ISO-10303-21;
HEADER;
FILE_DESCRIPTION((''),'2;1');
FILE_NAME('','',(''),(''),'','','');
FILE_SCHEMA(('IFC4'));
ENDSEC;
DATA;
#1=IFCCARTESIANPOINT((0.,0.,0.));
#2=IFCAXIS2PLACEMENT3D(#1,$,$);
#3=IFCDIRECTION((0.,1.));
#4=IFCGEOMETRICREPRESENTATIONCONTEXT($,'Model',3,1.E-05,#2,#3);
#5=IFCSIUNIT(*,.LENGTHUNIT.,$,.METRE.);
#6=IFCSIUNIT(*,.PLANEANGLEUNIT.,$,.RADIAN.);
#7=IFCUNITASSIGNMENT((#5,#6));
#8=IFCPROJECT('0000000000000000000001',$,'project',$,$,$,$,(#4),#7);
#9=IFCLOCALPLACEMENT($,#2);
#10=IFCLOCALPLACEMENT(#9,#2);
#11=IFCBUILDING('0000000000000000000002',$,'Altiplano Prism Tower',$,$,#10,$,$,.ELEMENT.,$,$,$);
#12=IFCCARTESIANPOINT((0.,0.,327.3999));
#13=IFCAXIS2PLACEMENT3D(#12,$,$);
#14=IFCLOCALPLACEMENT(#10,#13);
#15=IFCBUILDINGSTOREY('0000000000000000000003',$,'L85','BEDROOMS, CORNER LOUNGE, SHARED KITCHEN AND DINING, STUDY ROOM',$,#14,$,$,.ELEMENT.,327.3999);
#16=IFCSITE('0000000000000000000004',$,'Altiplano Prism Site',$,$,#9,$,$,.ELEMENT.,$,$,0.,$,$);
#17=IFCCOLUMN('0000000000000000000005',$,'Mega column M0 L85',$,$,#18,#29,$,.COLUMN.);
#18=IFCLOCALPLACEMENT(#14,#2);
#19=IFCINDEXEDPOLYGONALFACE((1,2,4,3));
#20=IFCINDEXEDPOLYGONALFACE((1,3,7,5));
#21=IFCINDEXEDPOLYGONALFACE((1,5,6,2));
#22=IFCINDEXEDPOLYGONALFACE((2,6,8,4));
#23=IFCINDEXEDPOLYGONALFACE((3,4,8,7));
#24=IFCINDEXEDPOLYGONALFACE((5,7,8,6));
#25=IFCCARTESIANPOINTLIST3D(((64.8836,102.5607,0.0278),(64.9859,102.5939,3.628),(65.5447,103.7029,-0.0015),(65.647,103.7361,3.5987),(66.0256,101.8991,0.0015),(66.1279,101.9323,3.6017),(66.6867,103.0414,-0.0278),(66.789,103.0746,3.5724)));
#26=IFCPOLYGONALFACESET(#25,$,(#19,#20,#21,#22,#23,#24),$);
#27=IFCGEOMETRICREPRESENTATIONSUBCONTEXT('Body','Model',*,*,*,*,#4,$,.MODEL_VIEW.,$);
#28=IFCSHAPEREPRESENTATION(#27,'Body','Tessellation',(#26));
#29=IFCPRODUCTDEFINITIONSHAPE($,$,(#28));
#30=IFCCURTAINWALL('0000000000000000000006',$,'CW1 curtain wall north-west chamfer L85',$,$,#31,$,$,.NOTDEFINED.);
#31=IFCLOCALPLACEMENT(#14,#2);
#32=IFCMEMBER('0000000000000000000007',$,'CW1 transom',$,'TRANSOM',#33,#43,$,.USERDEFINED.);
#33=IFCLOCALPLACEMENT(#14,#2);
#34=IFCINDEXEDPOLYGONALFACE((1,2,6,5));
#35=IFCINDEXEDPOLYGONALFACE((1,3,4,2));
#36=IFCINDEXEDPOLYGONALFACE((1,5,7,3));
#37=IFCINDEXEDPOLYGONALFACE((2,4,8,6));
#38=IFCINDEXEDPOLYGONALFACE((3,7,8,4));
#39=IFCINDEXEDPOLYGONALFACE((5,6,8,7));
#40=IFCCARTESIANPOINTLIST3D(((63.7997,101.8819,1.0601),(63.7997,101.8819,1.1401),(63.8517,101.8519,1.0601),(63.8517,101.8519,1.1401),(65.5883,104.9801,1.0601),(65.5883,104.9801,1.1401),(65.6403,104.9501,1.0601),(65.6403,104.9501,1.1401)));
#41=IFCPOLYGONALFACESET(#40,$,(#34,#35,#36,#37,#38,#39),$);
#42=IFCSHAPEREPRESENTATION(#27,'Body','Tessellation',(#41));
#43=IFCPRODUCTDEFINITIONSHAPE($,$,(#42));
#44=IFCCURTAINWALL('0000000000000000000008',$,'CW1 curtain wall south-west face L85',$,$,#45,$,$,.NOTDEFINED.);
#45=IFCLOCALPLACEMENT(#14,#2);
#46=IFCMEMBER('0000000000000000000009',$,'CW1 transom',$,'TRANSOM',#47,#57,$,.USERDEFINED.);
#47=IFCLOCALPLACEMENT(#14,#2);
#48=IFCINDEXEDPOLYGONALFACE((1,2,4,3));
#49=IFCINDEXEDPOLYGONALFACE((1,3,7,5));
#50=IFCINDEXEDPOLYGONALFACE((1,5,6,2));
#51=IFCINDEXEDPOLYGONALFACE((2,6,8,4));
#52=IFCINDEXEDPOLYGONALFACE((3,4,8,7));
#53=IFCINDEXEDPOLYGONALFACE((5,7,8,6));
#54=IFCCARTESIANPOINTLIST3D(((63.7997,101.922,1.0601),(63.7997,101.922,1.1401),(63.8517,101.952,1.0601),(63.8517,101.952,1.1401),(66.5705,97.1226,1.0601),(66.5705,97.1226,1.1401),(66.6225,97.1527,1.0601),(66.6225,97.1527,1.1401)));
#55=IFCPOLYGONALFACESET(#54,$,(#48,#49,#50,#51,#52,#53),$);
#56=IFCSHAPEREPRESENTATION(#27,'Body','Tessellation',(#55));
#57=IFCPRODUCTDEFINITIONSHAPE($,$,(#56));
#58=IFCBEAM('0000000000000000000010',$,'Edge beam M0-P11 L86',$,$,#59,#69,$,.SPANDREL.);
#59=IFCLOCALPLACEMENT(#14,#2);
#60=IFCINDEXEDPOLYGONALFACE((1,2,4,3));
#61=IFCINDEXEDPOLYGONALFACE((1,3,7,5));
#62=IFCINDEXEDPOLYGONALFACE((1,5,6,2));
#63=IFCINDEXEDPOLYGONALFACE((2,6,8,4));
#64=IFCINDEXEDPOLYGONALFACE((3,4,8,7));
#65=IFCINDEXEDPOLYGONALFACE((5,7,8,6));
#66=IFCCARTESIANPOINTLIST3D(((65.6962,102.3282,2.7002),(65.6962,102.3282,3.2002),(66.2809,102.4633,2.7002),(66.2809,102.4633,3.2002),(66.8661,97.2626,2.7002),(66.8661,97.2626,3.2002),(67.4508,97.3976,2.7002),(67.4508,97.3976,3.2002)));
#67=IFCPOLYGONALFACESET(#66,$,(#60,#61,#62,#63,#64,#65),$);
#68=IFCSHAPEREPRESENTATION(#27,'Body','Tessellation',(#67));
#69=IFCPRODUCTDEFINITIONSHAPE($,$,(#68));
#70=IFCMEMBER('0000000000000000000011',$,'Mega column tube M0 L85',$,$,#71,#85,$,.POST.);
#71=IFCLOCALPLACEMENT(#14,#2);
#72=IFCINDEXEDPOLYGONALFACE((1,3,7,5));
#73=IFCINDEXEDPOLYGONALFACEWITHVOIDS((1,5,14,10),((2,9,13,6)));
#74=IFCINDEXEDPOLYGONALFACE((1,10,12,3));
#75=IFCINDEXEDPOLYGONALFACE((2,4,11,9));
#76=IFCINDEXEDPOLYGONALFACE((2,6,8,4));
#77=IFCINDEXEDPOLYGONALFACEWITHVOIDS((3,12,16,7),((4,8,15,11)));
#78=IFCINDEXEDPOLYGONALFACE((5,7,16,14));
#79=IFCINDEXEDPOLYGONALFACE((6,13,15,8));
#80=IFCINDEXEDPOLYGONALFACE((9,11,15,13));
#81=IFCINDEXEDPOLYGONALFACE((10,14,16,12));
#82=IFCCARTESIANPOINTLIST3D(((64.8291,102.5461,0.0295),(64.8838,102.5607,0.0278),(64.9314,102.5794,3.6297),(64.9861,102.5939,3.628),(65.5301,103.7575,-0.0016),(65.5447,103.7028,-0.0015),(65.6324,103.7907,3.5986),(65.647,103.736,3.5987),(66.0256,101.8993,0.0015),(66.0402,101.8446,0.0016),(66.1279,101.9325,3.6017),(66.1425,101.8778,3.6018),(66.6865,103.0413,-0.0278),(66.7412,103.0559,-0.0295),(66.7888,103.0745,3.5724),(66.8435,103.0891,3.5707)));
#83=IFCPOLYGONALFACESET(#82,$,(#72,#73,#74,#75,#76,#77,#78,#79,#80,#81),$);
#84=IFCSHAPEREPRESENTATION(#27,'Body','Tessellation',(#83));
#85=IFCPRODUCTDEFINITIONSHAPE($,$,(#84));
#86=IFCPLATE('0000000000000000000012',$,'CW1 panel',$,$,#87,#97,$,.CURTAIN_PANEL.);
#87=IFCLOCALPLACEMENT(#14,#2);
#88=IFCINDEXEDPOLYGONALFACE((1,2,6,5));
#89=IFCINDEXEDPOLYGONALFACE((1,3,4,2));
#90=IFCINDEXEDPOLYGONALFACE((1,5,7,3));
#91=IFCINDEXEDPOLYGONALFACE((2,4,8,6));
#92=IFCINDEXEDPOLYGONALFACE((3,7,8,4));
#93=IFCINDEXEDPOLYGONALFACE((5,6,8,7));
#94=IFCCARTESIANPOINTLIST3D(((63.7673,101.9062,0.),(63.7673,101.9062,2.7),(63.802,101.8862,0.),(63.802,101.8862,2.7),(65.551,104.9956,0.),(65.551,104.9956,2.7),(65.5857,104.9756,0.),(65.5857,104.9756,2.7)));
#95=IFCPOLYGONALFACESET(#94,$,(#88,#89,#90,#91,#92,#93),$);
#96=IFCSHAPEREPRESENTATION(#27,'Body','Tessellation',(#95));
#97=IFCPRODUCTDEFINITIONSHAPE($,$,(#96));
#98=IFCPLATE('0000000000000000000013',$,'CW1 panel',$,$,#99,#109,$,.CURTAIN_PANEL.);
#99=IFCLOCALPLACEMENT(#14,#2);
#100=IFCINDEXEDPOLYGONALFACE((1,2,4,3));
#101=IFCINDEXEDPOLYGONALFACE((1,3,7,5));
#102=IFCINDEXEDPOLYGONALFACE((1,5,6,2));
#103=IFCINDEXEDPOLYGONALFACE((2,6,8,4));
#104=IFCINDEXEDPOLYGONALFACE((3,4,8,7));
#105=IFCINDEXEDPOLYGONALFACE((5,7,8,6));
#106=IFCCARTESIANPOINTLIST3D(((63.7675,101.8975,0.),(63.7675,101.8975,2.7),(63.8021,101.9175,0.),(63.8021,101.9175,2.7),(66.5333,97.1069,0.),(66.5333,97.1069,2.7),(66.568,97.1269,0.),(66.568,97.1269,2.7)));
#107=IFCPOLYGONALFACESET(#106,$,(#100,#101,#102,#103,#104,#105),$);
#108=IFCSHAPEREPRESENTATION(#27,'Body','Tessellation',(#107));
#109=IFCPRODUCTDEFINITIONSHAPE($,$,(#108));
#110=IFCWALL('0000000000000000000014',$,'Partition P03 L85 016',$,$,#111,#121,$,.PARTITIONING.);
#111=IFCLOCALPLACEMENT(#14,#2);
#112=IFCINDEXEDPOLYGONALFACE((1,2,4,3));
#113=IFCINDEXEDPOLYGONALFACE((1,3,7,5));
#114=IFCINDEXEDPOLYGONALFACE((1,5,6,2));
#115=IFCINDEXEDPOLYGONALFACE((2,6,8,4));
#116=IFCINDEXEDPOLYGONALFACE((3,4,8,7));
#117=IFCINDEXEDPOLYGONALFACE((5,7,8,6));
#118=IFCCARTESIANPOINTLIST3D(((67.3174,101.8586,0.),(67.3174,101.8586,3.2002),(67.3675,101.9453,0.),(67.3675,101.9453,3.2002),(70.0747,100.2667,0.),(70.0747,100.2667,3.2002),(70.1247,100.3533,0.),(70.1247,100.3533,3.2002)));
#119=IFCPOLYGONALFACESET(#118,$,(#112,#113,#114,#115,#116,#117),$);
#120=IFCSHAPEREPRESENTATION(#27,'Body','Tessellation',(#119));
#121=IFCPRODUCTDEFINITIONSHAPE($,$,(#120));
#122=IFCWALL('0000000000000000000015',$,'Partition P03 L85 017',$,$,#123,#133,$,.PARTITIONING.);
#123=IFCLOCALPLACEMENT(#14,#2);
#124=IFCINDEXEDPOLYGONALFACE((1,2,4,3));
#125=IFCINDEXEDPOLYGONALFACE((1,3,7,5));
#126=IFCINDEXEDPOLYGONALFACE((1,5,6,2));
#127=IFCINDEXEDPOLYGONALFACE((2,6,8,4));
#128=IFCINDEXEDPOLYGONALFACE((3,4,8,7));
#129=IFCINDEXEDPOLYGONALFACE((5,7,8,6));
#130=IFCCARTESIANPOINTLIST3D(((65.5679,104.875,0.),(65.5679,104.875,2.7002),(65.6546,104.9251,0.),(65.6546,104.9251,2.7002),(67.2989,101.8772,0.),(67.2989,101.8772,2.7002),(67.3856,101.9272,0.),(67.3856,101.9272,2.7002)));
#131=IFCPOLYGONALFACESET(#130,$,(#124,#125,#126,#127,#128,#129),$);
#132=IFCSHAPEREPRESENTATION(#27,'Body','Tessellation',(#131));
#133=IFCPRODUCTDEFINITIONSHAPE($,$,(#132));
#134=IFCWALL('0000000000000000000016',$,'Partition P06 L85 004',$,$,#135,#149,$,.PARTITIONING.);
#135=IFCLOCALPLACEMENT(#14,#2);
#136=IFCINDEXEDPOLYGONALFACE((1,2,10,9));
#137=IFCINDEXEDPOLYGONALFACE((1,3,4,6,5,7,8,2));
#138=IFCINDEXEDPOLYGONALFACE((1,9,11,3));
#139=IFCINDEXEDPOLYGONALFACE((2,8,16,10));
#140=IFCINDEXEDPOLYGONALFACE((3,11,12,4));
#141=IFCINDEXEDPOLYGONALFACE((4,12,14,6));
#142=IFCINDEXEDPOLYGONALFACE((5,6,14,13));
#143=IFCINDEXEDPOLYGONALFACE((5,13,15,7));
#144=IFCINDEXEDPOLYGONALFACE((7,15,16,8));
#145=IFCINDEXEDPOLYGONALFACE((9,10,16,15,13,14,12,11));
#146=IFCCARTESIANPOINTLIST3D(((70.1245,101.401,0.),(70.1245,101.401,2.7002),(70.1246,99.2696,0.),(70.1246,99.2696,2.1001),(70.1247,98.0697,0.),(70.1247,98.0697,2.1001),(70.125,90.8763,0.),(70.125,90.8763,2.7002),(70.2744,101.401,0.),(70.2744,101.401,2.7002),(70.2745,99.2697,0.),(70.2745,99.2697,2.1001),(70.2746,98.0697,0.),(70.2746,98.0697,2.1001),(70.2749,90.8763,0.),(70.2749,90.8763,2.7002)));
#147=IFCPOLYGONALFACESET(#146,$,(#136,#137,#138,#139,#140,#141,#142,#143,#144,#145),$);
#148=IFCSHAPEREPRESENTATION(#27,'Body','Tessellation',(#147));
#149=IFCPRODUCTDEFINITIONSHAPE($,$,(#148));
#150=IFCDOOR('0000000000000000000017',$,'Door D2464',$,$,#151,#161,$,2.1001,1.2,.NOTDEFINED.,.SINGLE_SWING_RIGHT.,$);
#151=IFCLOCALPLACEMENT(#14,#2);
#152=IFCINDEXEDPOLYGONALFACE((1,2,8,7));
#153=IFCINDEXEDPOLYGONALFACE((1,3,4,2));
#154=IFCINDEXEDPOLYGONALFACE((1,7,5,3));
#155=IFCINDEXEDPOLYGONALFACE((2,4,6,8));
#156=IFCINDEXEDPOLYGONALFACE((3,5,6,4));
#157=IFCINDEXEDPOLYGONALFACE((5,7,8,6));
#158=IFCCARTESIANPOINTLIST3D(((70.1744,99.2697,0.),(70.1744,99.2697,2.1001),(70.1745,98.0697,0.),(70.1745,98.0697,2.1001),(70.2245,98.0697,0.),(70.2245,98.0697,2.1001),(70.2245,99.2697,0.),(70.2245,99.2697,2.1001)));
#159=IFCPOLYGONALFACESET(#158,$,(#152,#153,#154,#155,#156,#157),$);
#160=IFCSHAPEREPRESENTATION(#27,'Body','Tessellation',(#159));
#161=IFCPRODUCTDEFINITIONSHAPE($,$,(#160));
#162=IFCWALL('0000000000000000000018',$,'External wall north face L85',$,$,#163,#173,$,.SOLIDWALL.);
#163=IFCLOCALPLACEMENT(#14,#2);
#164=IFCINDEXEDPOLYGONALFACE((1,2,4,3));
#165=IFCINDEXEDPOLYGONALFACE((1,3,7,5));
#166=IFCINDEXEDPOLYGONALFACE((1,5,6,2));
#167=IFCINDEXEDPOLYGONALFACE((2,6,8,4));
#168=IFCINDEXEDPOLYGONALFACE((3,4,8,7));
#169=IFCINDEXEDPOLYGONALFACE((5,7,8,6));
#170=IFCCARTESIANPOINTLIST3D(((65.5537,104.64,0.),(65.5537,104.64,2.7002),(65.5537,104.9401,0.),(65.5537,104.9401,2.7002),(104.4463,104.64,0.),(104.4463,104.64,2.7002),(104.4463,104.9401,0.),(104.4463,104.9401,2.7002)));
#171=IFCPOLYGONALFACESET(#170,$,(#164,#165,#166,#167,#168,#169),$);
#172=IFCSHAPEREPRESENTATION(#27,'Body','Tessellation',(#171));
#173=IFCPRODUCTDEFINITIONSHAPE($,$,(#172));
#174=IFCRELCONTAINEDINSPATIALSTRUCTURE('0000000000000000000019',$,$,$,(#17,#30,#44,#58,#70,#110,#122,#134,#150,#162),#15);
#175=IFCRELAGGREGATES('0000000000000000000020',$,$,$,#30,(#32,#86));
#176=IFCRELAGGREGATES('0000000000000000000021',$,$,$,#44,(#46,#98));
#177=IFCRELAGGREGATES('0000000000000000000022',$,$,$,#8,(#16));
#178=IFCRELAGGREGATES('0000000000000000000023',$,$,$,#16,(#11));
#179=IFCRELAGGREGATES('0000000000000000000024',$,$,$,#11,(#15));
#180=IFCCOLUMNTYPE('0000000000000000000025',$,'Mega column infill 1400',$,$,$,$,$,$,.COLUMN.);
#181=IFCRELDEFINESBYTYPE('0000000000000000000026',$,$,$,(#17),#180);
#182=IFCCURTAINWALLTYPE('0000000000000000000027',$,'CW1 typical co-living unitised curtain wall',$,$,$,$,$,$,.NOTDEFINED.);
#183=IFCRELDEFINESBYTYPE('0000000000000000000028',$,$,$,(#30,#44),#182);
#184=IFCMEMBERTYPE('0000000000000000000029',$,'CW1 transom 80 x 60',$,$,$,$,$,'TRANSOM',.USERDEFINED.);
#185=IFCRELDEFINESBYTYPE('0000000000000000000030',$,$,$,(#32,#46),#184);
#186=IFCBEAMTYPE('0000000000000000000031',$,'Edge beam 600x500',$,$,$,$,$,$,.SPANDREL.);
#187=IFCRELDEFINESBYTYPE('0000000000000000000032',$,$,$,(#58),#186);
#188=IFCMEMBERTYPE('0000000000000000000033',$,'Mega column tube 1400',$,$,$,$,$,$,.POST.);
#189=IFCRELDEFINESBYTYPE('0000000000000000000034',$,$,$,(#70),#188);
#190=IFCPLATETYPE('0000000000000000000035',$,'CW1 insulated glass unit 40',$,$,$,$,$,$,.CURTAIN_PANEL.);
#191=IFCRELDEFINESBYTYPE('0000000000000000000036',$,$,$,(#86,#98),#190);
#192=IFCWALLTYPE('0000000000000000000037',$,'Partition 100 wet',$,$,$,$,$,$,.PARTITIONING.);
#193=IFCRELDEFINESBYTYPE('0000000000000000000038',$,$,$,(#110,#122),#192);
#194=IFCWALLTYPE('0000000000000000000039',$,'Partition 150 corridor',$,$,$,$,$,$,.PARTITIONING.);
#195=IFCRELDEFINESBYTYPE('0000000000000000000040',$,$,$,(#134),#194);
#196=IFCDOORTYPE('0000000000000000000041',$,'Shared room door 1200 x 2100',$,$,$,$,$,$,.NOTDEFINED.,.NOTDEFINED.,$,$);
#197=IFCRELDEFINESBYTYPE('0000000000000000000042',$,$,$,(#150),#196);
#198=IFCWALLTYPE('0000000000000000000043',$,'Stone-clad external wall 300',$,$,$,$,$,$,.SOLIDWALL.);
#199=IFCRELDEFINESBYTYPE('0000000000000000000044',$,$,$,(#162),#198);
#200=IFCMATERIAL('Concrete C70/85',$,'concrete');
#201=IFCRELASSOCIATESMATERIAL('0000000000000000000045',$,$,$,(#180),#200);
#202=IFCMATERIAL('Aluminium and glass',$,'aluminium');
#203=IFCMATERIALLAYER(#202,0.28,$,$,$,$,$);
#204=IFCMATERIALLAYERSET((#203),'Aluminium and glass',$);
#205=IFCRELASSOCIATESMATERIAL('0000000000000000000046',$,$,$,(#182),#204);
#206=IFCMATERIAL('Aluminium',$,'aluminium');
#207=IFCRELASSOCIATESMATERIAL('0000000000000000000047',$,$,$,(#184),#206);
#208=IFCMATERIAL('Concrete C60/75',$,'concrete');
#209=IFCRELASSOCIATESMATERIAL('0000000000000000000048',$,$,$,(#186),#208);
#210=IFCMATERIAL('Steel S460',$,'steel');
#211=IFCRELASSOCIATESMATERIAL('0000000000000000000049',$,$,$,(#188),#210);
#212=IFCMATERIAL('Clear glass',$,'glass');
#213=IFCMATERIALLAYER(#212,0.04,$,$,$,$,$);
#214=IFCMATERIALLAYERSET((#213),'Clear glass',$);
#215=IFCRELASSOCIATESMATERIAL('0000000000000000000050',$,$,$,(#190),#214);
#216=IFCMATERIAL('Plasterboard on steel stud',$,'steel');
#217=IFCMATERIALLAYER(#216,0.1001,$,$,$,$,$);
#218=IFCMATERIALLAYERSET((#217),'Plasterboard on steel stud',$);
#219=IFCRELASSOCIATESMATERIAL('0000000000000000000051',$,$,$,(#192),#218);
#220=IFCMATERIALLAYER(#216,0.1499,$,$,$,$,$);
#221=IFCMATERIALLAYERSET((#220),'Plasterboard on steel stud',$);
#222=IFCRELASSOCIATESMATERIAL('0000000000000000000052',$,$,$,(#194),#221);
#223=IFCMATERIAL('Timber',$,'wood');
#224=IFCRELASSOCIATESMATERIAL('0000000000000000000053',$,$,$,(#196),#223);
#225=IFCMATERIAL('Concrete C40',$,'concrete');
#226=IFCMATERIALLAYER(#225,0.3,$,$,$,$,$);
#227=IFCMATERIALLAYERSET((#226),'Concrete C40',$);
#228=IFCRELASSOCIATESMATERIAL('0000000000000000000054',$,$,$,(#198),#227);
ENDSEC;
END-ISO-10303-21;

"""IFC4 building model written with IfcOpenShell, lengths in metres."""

from ifc_helpers import new_model, si_unit, direction, frame, frame_2d, origin, origin_2d, place, context, subcontext, project, spatial, rectangle, hollow_rectangle, extrude, material, layer, layer_set, material_profile, profile_set, type_object, element, fill, aggregate, save


model = new_model("IFC4")

# Units and contexts
model_context = context("Model", 3, precision=1e-05, world=origin(), true_north=direction((0.0, 1.0)))
body_context = subcontext(model_context, "Body", "Model", "MODEL_VIEW")
ifc_project = project(units=[si_unit("LENGTHUNIT", "METRE"), si_unit("PLANEANGLEUNIT", "RADIAN")], contexts=[model_context])

# Site, building, storey
site_placement = place(None, origin())
site = spatial("IfcSite", under=ifc_project, at=site_placement, Name="Altiplano Prism Site", CompositionType="ELEMENT", RefElevation=0.0)
building_placement = place(site_placement, origin())
building = spatial("IfcBuilding", under=site, at=building_placement, Name="Altiplano Prism Tower", CompositionType="ELEMENT")
storey_placement = place(building_placement, frame((0.0, 0.0, 327.3999)))
storey = spatial("IfcBuildingStorey", under=building, at=storey_placement, Name="L85", Description="BEDROOMS, CORNER LOUNGE, SHARED KITCHEN AND DINING, STUDY ROOM", CompositionType="ELEMENT", Elevation=327.3999)

# Column
ifc_material_1 = material(Name="Concrete C70/85", Category="concrete")
ifc_material_profile_1 = material_profile(ifc_material_1, rectangle(XDim=1.3201, YDim=1.3201, at=origin_2d()), Name="Mega column infill 1400")
ifc_profile_set_1 = profile_set([ifc_material_profile_1], Name="Concrete C70/85")
column_type = type_object("IfcColumnType", Name="Mega column infill 1400", PredefinedType="COLUMN", material=ifc_profile_set_1)
column_placement = place(storey_placement, frame((65.7852, 102.801, 0.0), z_axis=(0.028402, 0.009219, 0.999554), x_axis=(-0.86512, 0.501167, 0.01996)))
element("IfcColumn", 1, at=column_placement, inside=storey, type_object=column_type, Name="Mega column M0 L85", PredefinedType="COLUMN", context=body_context, shape_type="SweptSolid", body=[
    extrude(rectangle(XDim=1.3201, YDim=1.3201, at=origin_2d()), origin(), (0.0, 0.0, 1.0), 3.6018),
])

# Curtain walls, members
ifc_material_2 = material(Name="Aluminium and glass", Category="aluminium")
ifc_layer_1 = layer(ifc_material_2, 0.28)
ifc_layer_set_1 = layer_set([ifc_layer_1], Name="Aluminium and glass")
curtain_wall_type = type_object("IfcCurtainWallType", Name="CW1 typical co-living unitised curtain wall", PredefinedType="NOTDEFINED", material=ifc_layer_set_1)
curtain_wall_1_placement = place(storey_placement, origin())
curtain_wall_1 = element("IfcCurtainWall", 2, at=curtain_wall_1_placement, inside=storey, type_object=curtain_wall_type, Name="CW1 curtain wall north-west chamfer L85", PredefinedType="NOTDEFINED")
ifc_material_3 = material(Name="Aluminium", Category="aluminium")
ifc_material_profile_2 = material_profile(ifc_material_3, rectangle(XDim=0.0601, YDim=0.0801, at=origin_2d()), Name="CW1 transom 80 x 60")
ifc_profile_set_2 = profile_set([ifc_material_profile_2], Name="Aluminium")
member_type_1 = type_object("IfcMemberType", Name="CW1 transom 80 x 60", ElementType="TRANSOM", PredefinedType="USERDEFINED", material=ifc_profile_set_2)
member_1_placement = place(storey_placement, frame((65.6143, 104.9651, 1.1001), z_axis=(-0.499971, -0.866042, 0.0), x_axis=(0.866042, -0.499971, 0.0)))
member_1 = element("IfcMember", 3, at=member_1_placement, type_object=member_type_1, Name="CW1 transom", ObjectType="TRANSOM", PredefinedType="USERDEFINED", context=body_context, shape_type="SweptSolid", body=[
    extrude(rectangle(XDim=0.0601, YDim=0.0801, at=origin_2d()), origin(), (0.0, 0.0, 1.0), 3.5774),
])
curtain_wall_2_placement = place(storey_placement, origin())
curtain_wall_2 = element("IfcCurtainWall", 4, at=curtain_wall_2_placement, inside=storey, type_object=curtain_wall_type, Name="CW1 curtain wall south-west face L85", PredefinedType="NOTDEFINED")
member_2_placement = place(storey_placement, frame((63.8257, 101.937, 1.1001), z_axis=(0.499982, -0.866036, 0.0), x_axis=(0.866036, 0.499982, 0.0)))
member_2 = element("IfcMember", 5, at=member_2_placement, type_object=member_type_1, Name="CW1 transom", ObjectType="TRANSOM", PredefinedType="USERDEFINED", context=body_context, shape_type="SweptSolid", body=[
    extrude(rectangle(XDim=0.0601, YDim=0.0801, at=origin_2d()), origin(), (0.0, 0.0, 1.0), 5.5417),
])

# Beam
ifc_material_4 = material(Name="Concrete C60/75", Category="concrete")
ifc_material_profile_3 = material_profile(ifc_material_4, rectangle(XDim=0.6001, YDim=0.5, at=origin_2d()), Name="Edge beam 600x500")
ifc_profile_set_3 = profile_set([ifc_material_profile_3], Name="Concrete C60/75")
beam_type = type_object("IfcBeamType", Name="Edge beam 600x500", PredefinedType="SPANDREL", material=ifc_profile_set_3)
beam_placement = place(storey_placement, frame((65.9885, 102.3958, 2.9502), z_axis=(0.225028, -0.974352, 0.0), x_axis=(0.974352, 0.225028, 0.0)))
element("IfcBeam", 6, at=beam_placement, inside=storey, type_object=beam_type, Name="Edge beam M0-P11 L86", PredefinedType="SPANDREL", context=body_context, shape_type="SweptSolid", body=[
    extrude(rectangle(XDim=0.6001, YDim=0.5, at=origin_2d()), origin(), (0.0, 0.0, 1.0), 5.199),
])

# Member
ifc_material_5 = material(Name="Steel S460", Category="steel")
ifc_material_profile_4 = material_profile(ifc_material_5, hollow_rectangle(XDim=1.3999, YDim=1.3999, WallThickness=0.04, at=origin_2d()), Name="Mega column tube 1400")
ifc_profile_set_4 = profile_set([ifc_material_profile_4], Name="Steel S460")
member_type_2 = type_object("IfcMemberType", Name="Mega column tube 1400", PredefinedType="POST", material=ifc_profile_set_4)
member_3_placement = place(storey_placement, frame((65.7852, 102.801, 0.0), z_axis=(0.028402, 0.009219, 0.999554), x_axis=(-0.86512, 0.501167, 0.01996)))
element("IfcMember", 7, at=member_3_placement, inside=storey, type_object=member_type_2, Name="Mega column tube M0 L85", PredefinedType="POST", context=body_context, shape_type="SweptSolid", body=[
    extrude(hollow_rectangle(XDim=1.3999, YDim=1.3999, WallThickness=0.04, at=origin_2d()), origin(), (0.0, 0.0, 1.0), 3.6018),
])

# Plates
ifc_material_6 = material(Name="Clear glass", Category="glass")
ifc_layer_2 = layer(ifc_material_6, 0.04)
ifc_layer_set_2 = layer_set([ifc_layer_2], Name="Clear glass")
plate_type = type_object("IfcPlateType", Name="CW1 insulated glass unit 40", PredefinedType="CURTAIN_PANEL", material=ifc_layer_set_2)
plate_1_placement = place(storey_placement, frame((64.6765, 103.4409, 0.0), z_axis=(0.0, 0.0, 1.0), x_axis=(-0.5, -0.866025, 0.0)))
plate_1 = element("IfcPlate", 8, at=plate_1_placement, type_object=plate_type, Name="CW1 panel", PredefinedType="CURTAIN_PANEL", context=body_context, shape_type="SweptSolid", body=[
    extrude(rectangle(XDim=3.5674, YDim=0.04, at=origin_2d()), origin(), (0.0, 0.0, 1.0), 2.7),
])
aggregate(curtain_wall_1, [member_1, plate_1])
plate_2_placement = place(storey_placement, frame((65.1677, 99.5122, 0.0), z_axis=(0.0, 0.0, 1.0), x_axis=(0.5, -0.866025, 0.0)))
plate_2 = element("IfcPlate", 9, at=plate_2_placement, type_object=plate_type, Name="CW1 panel", PredefinedType="CURTAIN_PANEL", context=body_context, shape_type="SweptSolid", body=[
    extrude(rectangle(XDim=5.5317, YDim=0.04, at=origin_2d()), origin(), (0.0, 0.0, 1.0), 2.7),
])
aggregate(curtain_wall_2, [member_2, plate_2])

# Walls
ifc_material_7 = material(Name="Plasterboard on steel stud", Category="steel")
ifc_layer_3 = layer(ifc_material_7, 0.1001)
ifc_layer_set_3 = layer_set([ifc_layer_3], Name="Plasterboard on steel stud")
wall_type_1 = type_object("IfcWallType", Name="Partition 100 wet", PredefinedType="PARTITIONING", material=ifc_layer_set_3)
wall_1_placement = place(storey_placement, frame((70.0996, 100.3101, 0.0), z_axis=(0.0, 0.0, 1.0), x_axis=(-0.866012, 0.500023, 0.0)))
element("IfcWall", 10, at=wall_1_placement, inside=storey, type_object=wall_type_1, Name="Partition P03 L85 016", PredefinedType="PARTITIONING", context=body_context, shape_type="SweptSolid", body=[
    extrude(rectangle(XDim=3.1838, YDim=0.1001, at=frame_2d((1.5918, 0.0))), origin(), (0.0, 0.0, 1.0), 3.2002),
])
wall_2_placement = place(storey_placement, frame((67.3423, 101.9021, 0.0), z_axis=(0.0, 0.0, 1.0), x_axis=(-0.500038, 0.866004, 0.0)))
element("IfcWall", 11, at=wall_2_placement, inside=storey, type_object=wall_type_1, Name="Partition P03 L85 017", PredefinedType="PARTITIONING", context=body_context, shape_type="SweptSolid", body=[
    extrude(rectangle(XDim=3.4617, YDim=0.1001, at=frame_2d((1.731, 0.0))), origin(), (0.0, 0.0, 1.0), 2.7002),
])

# Wall, opening, door
ifc_layer_4 = layer(ifc_material_7, 0.1499)
ifc_layer_set_4 = layer_set([ifc_layer_4], Name="Plasterboard on steel stud")
wall_type_2 = type_object("IfcWallType", Name="Partition 150 corridor", PredefinedType="PARTITIONING", material=ifc_layer_set_4)
wall_3_placement = place(storey_placement, frame((70.1995, 101.4009, 0.0), z_axis=(0.0, 0.0, 1.0), x_axis=(0.000046, -1.0, 0.0)))
wall_3 = element("IfcWall", 12, at=wall_3_placement, inside=storey, type_object=wall_type_2, Name="Partition P06 L85 004", PredefinedType="PARTITIONING", context=body_context, shape_type="SweptSolid", body=[
    extrude(rectangle(XDim=10.5247, YDim=0.1499, at=frame_2d((5.2622, 0.0))), origin(), (0.0, 0.0, 1.0), 2.7002),
])
opening_placement = place(wall_3_placement, frame((2.1311, 0.0, 0.0)))
opening = element("IfcOpeningElement", 13, at=opening_placement, cuts=wall_3, PredefinedType="OPENING", context=body_context, shape_type="SweptSolid", body=[
    extrude(rectangle(XDim=1.2, YDim=2.1001, at=frame_2d((0.6001, 1.05))), frame((0.0, 0.0854, 0.0), z_axis=(0.0, -1.0, 0.0), x_axis=(1.0, 0.0, 0.0)), (0.0, 0.0, 1.0), 0.1709),
])
ifc_material_8 = material(Name="Timber", Category="wood")
door_type = type_object("IfcDoorType", Name="Shared room door 1200 x 2100", OperationType="NOTDEFINED", PredefinedType="NOTDEFINED", material=ifc_material_8)
door_placement = place(opening_placement, origin())
door = element("IfcDoor", 14, at=door_placement, inside=storey, type_object=door_type, Name="Door D2464", OperationType="SINGLE_SWING_RIGHT", OverallHeight=2.1001, OverallWidth=1.2, PredefinedType="NOTDEFINED", context=body_context, shape_type="SweptSolid", body=[
    extrude(rectangle(XDim=1.2, YDim=2.1001, at=frame_2d((0.6001, 1.05))), frame((0.0, 0.0249, 0.0), z_axis=(0.0, -1.0, 0.0), x_axis=(1.0, 0.0, 0.0)), (0.0, 0.0, 1.0), 0.05),
])
fill(opening, door)

# Wall
ifc_material_9 = material(Name="Concrete C40", Category="concrete")
ifc_layer_5 = layer(ifc_material_9, 0.3)
ifc_layer_set_5 = layer_set([ifc_layer_5], Name="Concrete C40")
wall_type_3 = type_object("IfcWallType", Name="Stone-clad external wall 300", PredefinedType="SOLIDWALL", material=ifc_layer_set_5)
wall_4_placement = place(storey_placement, frame((65.5537, 104.79, 0.0), z_axis=(0.0, 0.0, 1.0), x_axis=(1.0, 0.0, 0.0)))
element("IfcWall", 15, at=wall_4_placement, inside=storey, type_object=wall_type_3, Name="External wall north face L85", PredefinedType="SOLIDWALL", context=body_context, shape_type="SweptSolid", body=[
    extrude(rectangle(XDim=38.8926, YDim=0.3, at=frame_2d((19.4463, 0.0))), origin(), (0.0, 0.0, 1.0), 2.7002),
])

save(model, "model.ifc")
